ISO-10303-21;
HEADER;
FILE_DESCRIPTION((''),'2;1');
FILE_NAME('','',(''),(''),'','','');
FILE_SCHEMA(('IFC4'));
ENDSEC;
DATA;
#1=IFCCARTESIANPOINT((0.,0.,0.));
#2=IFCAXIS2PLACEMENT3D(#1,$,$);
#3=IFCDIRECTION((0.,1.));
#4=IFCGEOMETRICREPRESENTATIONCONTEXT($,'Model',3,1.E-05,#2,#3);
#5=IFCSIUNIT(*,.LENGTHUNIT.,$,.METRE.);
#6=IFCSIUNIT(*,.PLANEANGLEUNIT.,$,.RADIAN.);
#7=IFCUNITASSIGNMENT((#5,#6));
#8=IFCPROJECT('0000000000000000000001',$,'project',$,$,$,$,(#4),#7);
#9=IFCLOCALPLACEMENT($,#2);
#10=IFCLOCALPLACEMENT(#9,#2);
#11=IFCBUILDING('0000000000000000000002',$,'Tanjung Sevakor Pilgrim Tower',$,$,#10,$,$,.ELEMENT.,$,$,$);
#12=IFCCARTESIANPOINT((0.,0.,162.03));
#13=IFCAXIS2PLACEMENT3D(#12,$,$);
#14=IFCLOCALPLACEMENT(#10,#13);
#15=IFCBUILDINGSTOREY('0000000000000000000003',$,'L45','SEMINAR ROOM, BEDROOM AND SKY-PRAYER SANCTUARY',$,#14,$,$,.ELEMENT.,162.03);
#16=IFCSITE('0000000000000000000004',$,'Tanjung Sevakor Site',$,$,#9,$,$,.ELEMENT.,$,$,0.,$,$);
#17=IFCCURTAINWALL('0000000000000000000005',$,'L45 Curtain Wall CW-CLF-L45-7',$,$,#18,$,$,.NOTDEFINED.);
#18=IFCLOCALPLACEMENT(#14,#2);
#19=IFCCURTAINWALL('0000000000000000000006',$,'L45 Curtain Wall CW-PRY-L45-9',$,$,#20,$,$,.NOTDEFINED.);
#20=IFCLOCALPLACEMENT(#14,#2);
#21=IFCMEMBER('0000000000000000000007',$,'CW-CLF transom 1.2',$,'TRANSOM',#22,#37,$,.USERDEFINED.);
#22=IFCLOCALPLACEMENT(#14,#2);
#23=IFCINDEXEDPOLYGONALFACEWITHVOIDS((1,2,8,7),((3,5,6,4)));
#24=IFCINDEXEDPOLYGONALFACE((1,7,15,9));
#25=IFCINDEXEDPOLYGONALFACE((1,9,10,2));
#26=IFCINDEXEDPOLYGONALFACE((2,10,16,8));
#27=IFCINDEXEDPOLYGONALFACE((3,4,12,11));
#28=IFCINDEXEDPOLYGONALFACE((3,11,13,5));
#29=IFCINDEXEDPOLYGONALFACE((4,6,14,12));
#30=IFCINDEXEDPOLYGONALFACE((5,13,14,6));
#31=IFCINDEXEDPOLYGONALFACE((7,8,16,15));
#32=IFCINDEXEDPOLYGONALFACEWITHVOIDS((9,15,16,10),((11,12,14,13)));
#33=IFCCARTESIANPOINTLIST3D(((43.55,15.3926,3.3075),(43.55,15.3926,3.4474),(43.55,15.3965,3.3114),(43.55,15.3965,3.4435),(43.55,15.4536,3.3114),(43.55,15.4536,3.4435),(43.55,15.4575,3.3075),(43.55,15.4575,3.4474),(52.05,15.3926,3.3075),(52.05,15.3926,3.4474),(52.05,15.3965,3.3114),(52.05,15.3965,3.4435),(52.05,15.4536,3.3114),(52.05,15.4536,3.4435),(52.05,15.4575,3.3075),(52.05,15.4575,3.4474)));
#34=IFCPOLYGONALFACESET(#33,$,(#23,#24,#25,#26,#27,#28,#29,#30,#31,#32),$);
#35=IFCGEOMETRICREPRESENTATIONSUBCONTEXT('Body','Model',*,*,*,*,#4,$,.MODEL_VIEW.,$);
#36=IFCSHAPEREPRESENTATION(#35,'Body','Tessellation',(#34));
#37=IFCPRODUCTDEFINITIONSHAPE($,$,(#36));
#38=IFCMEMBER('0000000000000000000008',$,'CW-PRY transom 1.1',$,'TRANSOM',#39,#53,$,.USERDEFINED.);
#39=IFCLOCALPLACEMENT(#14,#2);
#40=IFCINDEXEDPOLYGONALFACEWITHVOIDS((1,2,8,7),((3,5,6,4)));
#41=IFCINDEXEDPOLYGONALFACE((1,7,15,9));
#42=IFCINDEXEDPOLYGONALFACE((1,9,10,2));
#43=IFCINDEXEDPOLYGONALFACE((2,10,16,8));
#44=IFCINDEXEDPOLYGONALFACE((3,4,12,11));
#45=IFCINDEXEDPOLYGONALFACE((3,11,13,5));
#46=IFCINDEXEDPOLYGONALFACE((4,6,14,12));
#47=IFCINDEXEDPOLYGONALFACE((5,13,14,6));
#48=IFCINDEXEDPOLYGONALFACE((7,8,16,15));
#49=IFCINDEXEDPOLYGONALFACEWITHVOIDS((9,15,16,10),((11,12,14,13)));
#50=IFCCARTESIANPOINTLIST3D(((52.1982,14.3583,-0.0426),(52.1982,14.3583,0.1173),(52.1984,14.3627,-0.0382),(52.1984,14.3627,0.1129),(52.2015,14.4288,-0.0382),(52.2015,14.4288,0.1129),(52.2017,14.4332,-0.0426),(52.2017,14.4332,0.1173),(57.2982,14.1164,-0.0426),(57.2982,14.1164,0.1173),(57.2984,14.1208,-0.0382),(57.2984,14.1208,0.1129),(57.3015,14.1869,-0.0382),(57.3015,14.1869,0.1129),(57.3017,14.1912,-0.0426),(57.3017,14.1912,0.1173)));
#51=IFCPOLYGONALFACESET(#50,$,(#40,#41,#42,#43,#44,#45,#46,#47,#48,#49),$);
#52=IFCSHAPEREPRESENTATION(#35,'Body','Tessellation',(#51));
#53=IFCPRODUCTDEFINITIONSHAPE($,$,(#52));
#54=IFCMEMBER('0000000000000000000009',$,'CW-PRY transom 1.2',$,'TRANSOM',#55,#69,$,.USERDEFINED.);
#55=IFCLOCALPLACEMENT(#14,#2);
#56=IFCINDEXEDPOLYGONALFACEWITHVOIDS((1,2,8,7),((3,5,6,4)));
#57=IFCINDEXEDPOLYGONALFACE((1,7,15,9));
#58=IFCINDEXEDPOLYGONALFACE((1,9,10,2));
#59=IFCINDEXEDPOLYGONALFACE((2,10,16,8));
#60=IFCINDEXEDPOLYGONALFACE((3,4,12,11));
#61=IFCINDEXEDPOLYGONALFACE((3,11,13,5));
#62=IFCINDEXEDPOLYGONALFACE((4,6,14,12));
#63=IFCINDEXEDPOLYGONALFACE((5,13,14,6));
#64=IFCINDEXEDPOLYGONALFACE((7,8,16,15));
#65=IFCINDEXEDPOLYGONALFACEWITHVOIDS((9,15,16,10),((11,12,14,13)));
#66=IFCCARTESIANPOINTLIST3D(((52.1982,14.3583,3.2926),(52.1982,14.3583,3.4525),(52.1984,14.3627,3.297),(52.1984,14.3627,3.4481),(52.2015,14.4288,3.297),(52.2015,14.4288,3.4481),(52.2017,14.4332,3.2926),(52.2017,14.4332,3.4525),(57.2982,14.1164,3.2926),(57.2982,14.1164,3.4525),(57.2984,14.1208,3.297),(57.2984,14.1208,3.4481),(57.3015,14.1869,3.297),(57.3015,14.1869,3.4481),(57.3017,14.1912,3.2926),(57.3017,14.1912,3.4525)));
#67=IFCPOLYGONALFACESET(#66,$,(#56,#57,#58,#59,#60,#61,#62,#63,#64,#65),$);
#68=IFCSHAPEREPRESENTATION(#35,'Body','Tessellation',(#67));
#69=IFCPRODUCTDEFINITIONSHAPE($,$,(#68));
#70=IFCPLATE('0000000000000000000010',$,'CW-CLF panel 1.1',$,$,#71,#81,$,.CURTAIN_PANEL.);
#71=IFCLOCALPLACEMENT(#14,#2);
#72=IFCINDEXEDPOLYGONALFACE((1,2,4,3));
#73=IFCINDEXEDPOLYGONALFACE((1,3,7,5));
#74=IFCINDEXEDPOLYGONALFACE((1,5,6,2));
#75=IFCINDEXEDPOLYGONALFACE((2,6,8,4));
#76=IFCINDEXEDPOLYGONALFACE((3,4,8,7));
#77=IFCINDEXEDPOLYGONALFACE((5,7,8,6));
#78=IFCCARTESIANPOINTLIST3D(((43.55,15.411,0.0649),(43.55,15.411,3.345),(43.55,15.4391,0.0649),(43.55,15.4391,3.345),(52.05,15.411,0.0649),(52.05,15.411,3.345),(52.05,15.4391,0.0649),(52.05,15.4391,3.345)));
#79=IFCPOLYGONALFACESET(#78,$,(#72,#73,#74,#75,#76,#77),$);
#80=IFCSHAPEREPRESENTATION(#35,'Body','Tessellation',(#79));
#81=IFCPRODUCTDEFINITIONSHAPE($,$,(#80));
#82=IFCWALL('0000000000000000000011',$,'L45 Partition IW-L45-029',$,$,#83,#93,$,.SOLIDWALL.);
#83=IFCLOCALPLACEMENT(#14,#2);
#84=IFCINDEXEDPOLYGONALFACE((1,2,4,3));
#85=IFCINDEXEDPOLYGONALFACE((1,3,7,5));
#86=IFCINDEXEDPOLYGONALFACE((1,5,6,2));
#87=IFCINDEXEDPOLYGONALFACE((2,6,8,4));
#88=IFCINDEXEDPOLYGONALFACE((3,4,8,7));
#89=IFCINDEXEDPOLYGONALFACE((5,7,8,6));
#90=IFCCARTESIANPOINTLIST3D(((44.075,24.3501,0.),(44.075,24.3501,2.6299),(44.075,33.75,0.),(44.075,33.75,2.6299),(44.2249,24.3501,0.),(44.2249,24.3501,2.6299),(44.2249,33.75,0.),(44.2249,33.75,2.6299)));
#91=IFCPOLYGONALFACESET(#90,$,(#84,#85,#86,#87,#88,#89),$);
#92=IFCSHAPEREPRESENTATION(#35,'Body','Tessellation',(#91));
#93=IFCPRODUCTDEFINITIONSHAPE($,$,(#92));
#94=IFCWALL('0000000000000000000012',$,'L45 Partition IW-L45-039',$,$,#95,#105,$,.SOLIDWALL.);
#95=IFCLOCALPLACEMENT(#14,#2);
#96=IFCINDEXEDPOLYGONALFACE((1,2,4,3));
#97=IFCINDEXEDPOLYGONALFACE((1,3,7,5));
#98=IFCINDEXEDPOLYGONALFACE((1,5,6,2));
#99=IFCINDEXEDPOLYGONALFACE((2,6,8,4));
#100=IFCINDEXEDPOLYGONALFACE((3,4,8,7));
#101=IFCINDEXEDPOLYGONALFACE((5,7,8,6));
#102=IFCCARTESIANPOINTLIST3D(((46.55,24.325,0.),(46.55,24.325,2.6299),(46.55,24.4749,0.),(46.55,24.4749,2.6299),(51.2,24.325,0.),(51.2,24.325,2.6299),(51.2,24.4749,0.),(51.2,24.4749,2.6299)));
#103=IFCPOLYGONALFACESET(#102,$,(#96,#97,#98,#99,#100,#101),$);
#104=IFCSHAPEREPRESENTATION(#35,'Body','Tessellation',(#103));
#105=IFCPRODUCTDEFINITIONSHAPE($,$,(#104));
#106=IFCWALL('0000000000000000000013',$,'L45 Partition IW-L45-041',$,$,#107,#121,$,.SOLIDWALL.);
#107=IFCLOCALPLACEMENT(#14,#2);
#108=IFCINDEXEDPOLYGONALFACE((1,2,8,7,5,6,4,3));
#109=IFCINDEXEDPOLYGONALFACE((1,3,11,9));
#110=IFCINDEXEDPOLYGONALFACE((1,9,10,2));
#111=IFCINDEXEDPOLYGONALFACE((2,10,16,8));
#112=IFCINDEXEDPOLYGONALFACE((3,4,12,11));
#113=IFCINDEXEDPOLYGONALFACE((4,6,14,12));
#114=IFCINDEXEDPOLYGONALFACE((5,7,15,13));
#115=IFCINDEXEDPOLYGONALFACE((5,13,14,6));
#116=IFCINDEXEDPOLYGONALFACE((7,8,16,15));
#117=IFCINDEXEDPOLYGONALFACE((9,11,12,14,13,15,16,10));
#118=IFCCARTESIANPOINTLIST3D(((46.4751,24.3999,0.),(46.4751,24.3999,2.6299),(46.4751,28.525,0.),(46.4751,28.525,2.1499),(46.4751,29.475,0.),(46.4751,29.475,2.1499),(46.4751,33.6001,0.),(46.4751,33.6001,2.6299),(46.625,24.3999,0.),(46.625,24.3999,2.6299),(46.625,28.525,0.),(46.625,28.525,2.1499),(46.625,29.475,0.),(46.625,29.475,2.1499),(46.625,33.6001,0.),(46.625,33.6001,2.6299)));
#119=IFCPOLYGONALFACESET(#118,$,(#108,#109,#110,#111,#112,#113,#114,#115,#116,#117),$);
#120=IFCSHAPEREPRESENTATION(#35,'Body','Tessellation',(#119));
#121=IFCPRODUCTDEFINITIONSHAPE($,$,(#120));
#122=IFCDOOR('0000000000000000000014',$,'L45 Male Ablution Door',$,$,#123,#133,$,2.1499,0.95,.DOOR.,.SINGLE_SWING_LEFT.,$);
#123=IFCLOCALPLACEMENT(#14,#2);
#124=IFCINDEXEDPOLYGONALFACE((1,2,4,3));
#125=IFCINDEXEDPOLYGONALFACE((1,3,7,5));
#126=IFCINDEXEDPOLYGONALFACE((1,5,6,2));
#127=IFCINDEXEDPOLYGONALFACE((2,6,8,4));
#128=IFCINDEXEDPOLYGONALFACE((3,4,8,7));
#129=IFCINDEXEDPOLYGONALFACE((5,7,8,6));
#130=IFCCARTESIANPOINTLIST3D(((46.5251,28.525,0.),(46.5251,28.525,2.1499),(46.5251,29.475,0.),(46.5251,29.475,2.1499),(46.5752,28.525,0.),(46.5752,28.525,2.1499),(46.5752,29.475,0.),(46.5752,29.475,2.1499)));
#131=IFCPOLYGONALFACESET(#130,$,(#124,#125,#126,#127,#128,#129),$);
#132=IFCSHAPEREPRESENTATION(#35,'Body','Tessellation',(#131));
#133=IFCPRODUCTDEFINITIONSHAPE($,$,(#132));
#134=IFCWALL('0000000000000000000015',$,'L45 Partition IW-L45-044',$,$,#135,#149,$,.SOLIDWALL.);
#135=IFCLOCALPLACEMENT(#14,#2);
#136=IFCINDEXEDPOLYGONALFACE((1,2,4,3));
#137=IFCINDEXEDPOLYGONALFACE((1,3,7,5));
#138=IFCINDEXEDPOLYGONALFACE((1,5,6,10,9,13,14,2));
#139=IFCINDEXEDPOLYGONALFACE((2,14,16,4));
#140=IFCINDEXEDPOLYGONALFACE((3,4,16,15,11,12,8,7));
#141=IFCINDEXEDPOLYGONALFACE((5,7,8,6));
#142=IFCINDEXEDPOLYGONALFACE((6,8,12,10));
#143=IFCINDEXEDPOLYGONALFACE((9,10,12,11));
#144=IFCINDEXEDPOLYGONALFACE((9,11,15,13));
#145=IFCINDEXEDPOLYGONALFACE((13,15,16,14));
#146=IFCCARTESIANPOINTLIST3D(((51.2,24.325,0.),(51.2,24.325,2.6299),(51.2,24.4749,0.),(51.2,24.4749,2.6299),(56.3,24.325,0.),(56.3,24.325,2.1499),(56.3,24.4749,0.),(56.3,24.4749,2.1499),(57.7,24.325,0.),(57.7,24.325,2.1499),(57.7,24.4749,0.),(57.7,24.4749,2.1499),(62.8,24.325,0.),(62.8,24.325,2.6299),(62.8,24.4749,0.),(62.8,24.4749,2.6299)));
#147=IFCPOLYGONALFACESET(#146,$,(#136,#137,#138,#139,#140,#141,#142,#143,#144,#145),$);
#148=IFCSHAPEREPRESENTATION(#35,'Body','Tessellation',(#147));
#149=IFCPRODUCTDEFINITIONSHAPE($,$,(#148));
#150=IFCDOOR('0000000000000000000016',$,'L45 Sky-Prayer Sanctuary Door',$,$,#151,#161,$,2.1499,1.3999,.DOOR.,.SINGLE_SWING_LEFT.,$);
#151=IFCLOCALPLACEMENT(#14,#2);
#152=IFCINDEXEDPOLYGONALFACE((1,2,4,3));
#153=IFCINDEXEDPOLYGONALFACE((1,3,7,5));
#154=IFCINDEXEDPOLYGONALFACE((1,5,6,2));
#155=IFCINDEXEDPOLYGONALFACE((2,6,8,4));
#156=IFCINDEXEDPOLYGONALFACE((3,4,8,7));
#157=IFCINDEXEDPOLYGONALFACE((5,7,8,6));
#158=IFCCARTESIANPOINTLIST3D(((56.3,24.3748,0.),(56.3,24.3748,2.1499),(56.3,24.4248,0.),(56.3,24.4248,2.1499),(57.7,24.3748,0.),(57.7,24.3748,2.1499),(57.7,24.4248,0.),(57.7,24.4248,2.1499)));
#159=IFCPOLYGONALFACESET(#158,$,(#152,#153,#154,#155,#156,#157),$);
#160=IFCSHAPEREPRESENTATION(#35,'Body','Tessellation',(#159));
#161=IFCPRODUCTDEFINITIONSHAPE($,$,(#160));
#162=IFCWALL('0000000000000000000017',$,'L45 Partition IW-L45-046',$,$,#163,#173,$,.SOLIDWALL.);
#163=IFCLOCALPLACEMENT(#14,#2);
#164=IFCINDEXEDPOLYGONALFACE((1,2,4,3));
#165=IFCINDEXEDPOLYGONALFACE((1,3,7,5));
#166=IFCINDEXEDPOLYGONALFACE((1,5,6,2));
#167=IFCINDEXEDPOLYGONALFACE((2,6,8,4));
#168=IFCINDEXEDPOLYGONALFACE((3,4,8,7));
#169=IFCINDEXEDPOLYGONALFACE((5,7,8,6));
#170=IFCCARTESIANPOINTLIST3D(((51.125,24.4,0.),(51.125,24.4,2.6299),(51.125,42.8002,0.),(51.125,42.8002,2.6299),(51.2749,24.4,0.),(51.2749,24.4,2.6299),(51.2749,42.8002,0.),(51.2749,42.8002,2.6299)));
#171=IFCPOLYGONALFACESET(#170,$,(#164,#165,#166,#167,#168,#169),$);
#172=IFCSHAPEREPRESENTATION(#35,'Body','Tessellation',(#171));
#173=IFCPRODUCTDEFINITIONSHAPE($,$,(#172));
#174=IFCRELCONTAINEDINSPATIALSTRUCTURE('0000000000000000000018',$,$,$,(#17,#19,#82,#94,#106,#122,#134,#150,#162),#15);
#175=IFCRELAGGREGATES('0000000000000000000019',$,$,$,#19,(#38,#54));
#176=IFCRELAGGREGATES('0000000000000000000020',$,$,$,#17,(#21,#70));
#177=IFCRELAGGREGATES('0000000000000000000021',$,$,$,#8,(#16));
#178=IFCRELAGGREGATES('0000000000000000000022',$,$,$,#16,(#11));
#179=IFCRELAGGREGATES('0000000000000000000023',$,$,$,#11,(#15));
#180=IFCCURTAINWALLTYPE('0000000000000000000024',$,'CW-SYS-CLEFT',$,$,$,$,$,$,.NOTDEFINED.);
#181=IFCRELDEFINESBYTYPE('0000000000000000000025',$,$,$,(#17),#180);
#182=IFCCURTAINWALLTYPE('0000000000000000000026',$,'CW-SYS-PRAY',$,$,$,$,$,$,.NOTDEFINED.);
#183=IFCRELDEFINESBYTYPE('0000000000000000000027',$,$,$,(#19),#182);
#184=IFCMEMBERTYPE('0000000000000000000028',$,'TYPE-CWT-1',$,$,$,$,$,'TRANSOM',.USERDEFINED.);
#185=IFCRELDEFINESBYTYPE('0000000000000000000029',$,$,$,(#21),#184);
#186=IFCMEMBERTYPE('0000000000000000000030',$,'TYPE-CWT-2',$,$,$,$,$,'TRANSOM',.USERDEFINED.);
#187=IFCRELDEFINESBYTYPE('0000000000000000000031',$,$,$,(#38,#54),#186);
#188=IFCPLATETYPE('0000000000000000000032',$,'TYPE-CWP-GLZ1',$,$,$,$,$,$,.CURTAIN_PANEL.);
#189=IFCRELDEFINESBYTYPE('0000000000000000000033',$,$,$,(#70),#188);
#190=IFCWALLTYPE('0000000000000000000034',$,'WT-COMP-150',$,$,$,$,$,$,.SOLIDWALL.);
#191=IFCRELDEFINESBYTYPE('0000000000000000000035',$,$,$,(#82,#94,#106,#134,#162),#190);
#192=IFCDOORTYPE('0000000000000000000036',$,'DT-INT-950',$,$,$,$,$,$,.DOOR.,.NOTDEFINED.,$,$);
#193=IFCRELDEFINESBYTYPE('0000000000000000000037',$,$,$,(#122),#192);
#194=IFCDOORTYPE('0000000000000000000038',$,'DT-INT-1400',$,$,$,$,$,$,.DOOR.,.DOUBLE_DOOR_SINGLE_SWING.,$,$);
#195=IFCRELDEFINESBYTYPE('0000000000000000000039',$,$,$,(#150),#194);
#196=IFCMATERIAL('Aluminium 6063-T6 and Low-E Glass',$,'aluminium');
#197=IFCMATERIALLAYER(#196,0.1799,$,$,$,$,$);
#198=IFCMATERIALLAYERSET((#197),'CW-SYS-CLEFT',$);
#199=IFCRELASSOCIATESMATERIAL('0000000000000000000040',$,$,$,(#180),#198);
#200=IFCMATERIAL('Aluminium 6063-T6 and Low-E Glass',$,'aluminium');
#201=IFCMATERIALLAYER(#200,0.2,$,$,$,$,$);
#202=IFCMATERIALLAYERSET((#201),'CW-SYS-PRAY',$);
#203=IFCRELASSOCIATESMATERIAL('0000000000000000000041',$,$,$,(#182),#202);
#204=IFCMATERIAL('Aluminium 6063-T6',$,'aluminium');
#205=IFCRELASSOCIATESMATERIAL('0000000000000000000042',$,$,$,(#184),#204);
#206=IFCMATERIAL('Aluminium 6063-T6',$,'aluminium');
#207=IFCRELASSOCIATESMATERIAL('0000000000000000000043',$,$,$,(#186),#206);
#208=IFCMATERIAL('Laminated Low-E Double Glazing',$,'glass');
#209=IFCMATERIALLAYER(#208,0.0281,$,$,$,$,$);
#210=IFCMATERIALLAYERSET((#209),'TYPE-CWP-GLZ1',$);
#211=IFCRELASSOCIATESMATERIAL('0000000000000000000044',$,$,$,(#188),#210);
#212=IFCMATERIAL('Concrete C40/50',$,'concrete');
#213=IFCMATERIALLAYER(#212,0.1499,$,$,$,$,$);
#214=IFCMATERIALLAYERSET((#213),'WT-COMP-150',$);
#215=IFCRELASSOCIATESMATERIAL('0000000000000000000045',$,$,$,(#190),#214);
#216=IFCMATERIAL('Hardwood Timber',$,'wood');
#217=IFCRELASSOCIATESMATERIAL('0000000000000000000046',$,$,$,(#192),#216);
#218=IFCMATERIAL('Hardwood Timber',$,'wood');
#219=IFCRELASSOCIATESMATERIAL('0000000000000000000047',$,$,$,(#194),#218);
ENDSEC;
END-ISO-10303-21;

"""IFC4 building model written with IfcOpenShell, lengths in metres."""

from ifc_helpers import new_model, si_unit, direction, frame, frame_2d, origin, origin_2d, place, context, subcontext, project, spatial, rectangle, hollow_rectangle, extrude, material, layer, layer_set, material_profile, profile_set, type_object, element, fill, aggregate, save


model = new_model("IFC4")

# Units and contexts
model_context = context("Model", 3, precision=1e-05, world=origin(), true_north=direction((0.0, 1.0)))
body_context = subcontext(model_context, "Body", "Model", "MODEL_VIEW")
ifc_project = project(units=[si_unit("LENGTHUNIT", "METRE"), si_unit("PLANEANGLEUNIT", "RADIAN")], contexts=[model_context])

# Site, building, storey
site_placement = place(None, origin())
site = spatial("IfcSite", under=ifc_project, at=site_placement, Name="Tanjung Sevakor Site", CompositionType="ELEMENT", RefElevation=0.0)
building_placement = place(site_placement, origin())
building = spatial("IfcBuilding", under=site, at=building_placement, Name="Tanjung Sevakor Pilgrim Tower", CompositionType="ELEMENT")
storey_placement = place(building_placement, frame((0.0, 0.0, 162.03)))
storey = spatial("IfcBuildingStorey", under=building, at=storey_placement, Name="L45", Description="SEMINAR ROOM, BEDROOM AND SKY-PRAYER SANCTUARY", CompositionType="ELEMENT", Elevation=162.03)

# Curtain wall
ifc_material_1 = material(Name="Aluminium 6063-T6 and Low-E Glass", Category="aluminium")
ifc_layer_1 = layer(ifc_material_1, 0.1799)
ifc_layer_set_1 = layer_set([ifc_layer_1], Name="CW-SYS-CLEFT")
curtain_wall_type_1 = type_object("IfcCurtainWallType", Name="CW-SYS-CLEFT", PredefinedType="NOTDEFINED", material=ifc_layer_set_1)
curtain_wall_1_placement = place(storey_placement, origin())
curtain_wall_1 = element("IfcCurtainWall", 1, at=curtain_wall_1_placement, inside=storey, type_object=curtain_wall_type_1, Name="L45 Curtain Wall CW-CLF-L45-7", PredefinedType="NOTDEFINED")

# Curtain wall
ifc_material_2 = material(Name="Aluminium 6063-T6 and Low-E Glass", Category="aluminium")
ifc_layer_2 = layer(ifc_material_2, 0.2)
ifc_layer_set_2 = layer_set([ifc_layer_2], Name="CW-SYS-PRAY")
curtain_wall_type_2 = type_object("IfcCurtainWallType", Name="CW-SYS-PRAY", PredefinedType="NOTDEFINED", material=ifc_layer_set_2)
curtain_wall_2_placement = place(storey_placement, origin())
curtain_wall_2 = element("IfcCurtainWall", 2, at=curtain_wall_2_placement, inside=storey, type_object=curtain_wall_type_2, Name="L45 Curtain Wall CW-PRY-L45-9", PredefinedType="NOTDEFINED")

# Members
ifc_material_3 = material(Name="Aluminium 6063-T6", Category="aluminium")
ifc_material_profile_1 = material_profile(ifc_material_3, hollow_rectangle(XDim=0.0649, YDim=0.1399, WallThickness=0.0039, at=origin_2d()))
ifc_profile_set_1 = profile_set([ifc_material_profile_1], Name="Aluminium 6063-T6")
member_type_1 = type_object("IfcMemberType", Name="TYPE-CWT-1", ElementType="TRANSOM", PredefinedType="USERDEFINED", material=ifc_profile_set_1)
member_1_placement = place(storey_placement, frame((43.55, 15.425, 3.3774), z_axis=(1.0, 0.0, 0.0), x_axis=(0.0, 1.0, 0.0)))
member_1 = element("IfcMember", 3, at=member_1_placement, type_object=member_type_1, Name="CW-CLF transom 1.2", ObjectType="TRANSOM", PredefinedType="USERDEFINED", context=body_context, shape_type="SweptSolid", body=[
    extrude(hollow_rectangle(XDim=0.0649, YDim=0.1399, WallThickness=0.0039, at=origin_2d()), origin(), (0.0, 0.0, 1.0), 8.5),
])
ifc_material_4 = material(Name="Aluminium 6063-T6", Category="aluminium")
ifc_material_profile_2 = material_profile(ifc_material_4, hollow_rectangle(XDim=0.075, YDim=0.1599, WallThickness=0.0044, at=origin_2d()))
ifc_profile_set_2 = profile_set([ifc_material_profile_2], Name="Aluminium 6063-T6")
member_type_2 = type_object("IfcMemberType", Name="TYPE-CWT-2", ElementType="TRANSOM", PredefinedType="USERDEFINED", material=ifc_profile_set_2)
member_2_placement = place(storey_placement, frame((52.2, 14.3958, 0.0374), z_axis=(0.998877, -0.047386, 0.0), x_axis=(0.047386, 0.998877, 0.0)))
member_2 = element("IfcMember", 4, at=member_2_placement, type_object=member_type_2, Name="CW-PRY transom 1.1", ObjectType="TRANSOM", PredefinedType="USERDEFINED", context=body_context, shape_type="SweptSolid", body=[
    extrude(hollow_rectangle(XDim=0.075, YDim=0.1599, WallThickness=0.0044, at=origin_2d()), origin(), (0.0, 0.0, 1.0), 5.1057),
])
member_3_placement = place(storey_placement, frame((52.2, 14.3958, 3.3726), z_axis=(0.998877, -0.047386, 0.0), x_axis=(0.047386, 0.998877, 0.0)))
member_3 = element("IfcMember", 5, at=member_3_placement, type_object=member_type_2, Name="CW-PRY transom 1.2", ObjectType="TRANSOM", PredefinedType="USERDEFINED", context=body_context, shape_type="SweptSolid", body=[
    extrude(hollow_rectangle(XDim=0.075, YDim=0.1599, WallThickness=0.0044, at=origin_2d()), origin(), (0.0, 0.0, 1.0), 5.1057),
])
aggregate(curtain_wall_2, [member_2, member_3])

# Plate
ifc_material_5 = material(Name="Laminated Low-E Double Glazing", Category="glass")
ifc_layer_3 = layer(ifc_material_5, 0.0281)
ifc_layer_set_3 = layer_set([ifc_layer_3], Name="TYPE-CWP-GLZ1")
plate_type = type_object("IfcPlateType", Name="TYPE-CWP-GLZ1", PredefinedType="CURTAIN_PANEL", material=ifc_layer_set_3)
plate_placement = place(storey_placement, frame((47.8, 15.425, 0.0649), z_axis=(0.0, 0.0, 1.0), x_axis=(1.0, 0.0, 0.0)))
plate = element("IfcPlate", 6, at=plate_placement, type_object=plate_type, Name="CW-CLF panel 1.1", PredefinedType="CURTAIN_PANEL", context=body_context, shape_type="SweptSolid", body=[
    extrude(rectangle(XDim=8.5, YDim=0.0281, at=origin_2d()), origin(), (0.0, 0.0, 1.0), 3.28),
])
aggregate(curtain_wall_1, [member_1, plate])

# Walls
ifc_material_6 = material(Name="Concrete C40/50", Category="concrete")
ifc_layer_4 = layer(ifc_material_6, 0.1499)
ifc_layer_set_4 = layer_set([ifc_layer_4], Name="WT-COMP-150")
wall_type_1 = type_object("IfcWallType", Name="WT-COMP-150", PredefinedType="SOLIDWALL", material=ifc_layer_set_4)
wall_1_placement = place(storey_placement, frame((44.1499, 24.3501, 0.0), z_axis=(0.0, 0.0, 1.0), x_axis=(0.0, 1.0, 0.0)))
element("IfcWall", 7, at=wall_1_placement, inside=storey, type_object=wall_type_1, Name="L45 Partition IW-L45-029", PredefinedType="SOLIDWALL", context=body_context, shape_type="SweptSolid", body=[
    extrude(rectangle(XDim=9.3999, YDim=0.1499, at=frame_2d((4.7, 0.0))), origin(), (0.0, 0.0, 1.0), 2.6299),
])
wall_2_placement = place(storey_placement, frame((46.55, 24.3999, 0.0), z_axis=(0.0, 0.0, 1.0), x_axis=(1.0, 0.0, 0.0)))
element("IfcWall", 8, at=wall_2_placement, inside=storey, type_object=wall_type_1, Name="L45 Partition IW-L45-039", PredefinedType="SOLIDWALL", context=body_context, shape_type="SweptSolid", body=[
    extrude(rectangle(XDim=4.6499, YDim=0.1499, at=frame_2d((2.325, 0.0))), origin(), (0.0, 0.0, 1.0), 2.6299),
])

# Walls, openings, doors
wall_3_placement = place(storey_placement, frame((46.55, 24.3999, 0.0), z_axis=(0.0, 0.0, 1.0), x_axis=(0.0, 1.0, 0.0)))
wall_3 = element("IfcWall", 9, at=wall_3_placement, inside=storey, type_object=wall_type_1, Name="L45 Partition IW-L45-041", PredefinedType="SOLIDWALL", context=body_context, shape_type="SweptSolid", body=[
    extrude(rectangle(XDim=9.2002, YDim=0.1499, at=frame_2d((4.6001, 0.0))), origin(), (0.0, 0.0, 1.0), 2.6299),
])
opening_1_placement = place(wall_3_placement, frame((4.125, 0.0, 0.0)))
opening_1 = element("IfcOpeningElement", 10, at=opening_1_placement, cuts=wall_3, PredefinedType="OPENING", context=body_context, shape_type="SweptSolid", body=[
    extrude(rectangle(XDim=0.95, YDim=2.1499, at=frame_2d((0.4751, 1.075))), frame((0.0, 0.085, 0.0), z_axis=(0.0, -1.0, 0.0), x_axis=(1.0, 0.0, 0.0)), (0.0, 0.0, 1.0), 0.1699),
])
ifc_material_7 = material(Name="Hardwood Timber", Category="wood")
door_type_1 = type_object("IfcDoorType", Name="DT-INT-950", OperationType="NOTDEFINED", PredefinedType="DOOR", material=ifc_material_7)
door_1_placement = place(opening_1_placement, origin())
door_1 = element("IfcDoor", 11, at=door_1_placement, inside=storey, type_object=door_type_1, Name="L45 Male Ablution Door", OperationType="SINGLE_SWING_LEFT", OverallHeight=2.1499, OverallWidth=0.95, PredefinedType="DOOR", context=body_context, shape_type="SweptSolid", body=[
    extrude(rectangle(XDim=0.95, YDim=2.1499, at=frame_2d((0.4751, 1.075))), frame((0.0, 0.0249, 0.0), z_axis=(0.0, -1.0, 0.0), x_axis=(1.0, 0.0, 0.0)), (0.0, 0.0, 1.0), 0.05),
])
fill(opening_1, door_1)
wall_4_placement = place(storey_placement, frame((51.2, 24.3999, 0.0), z_axis=(0.0, 0.0, 1.0), x_axis=(1.0, 0.0, 0.0)))
wall_4 = element("IfcWall", 12, at=wall_4_placement, inside=storey, type_object=wall_type_1, Name="L45 Partition IW-L45-044", PredefinedType="SOLIDWALL", context=body_context, shape_type="SweptSolid", body=[
    extrude(rectangle(XDim=11.6001, YDim=0.1499, at=frame_2d((5.8, 0.0))), origin(), (0.0, 0.0, 1.0), 2.6299),
])
opening_2_placement = place(wall_4_placement, frame((5.1001, 0.0, 0.0)))
opening_2 = element("IfcOpeningElement", 13, at=opening_2_placement, cuts=wall_4, PredefinedType="OPENING", context=body_context, shape_type="SweptSolid", body=[
    extrude(rectangle(XDim=1.3999, YDim=2.1499, at=frame_2d((0.7, 1.075))), frame((0.0, 0.085, 0.0), z_axis=(0.0, -1.0, 0.0), x_axis=(1.0, 0.0, 0.0)), (0.0, 0.0, 1.0), 0.1699),
])
ifc_material_8 = material(Name="Hardwood Timber", Category="wood")
door_type_2 = type_object("IfcDoorType", Name="DT-INT-1400", OperationType="DOUBLE_DOOR_SINGLE_SWING", PredefinedType="DOOR", material=ifc_material_8)
door_2_placement = place(opening_2_placement, origin())
door_2 = element("IfcDoor", 14, at=door_2_placement, inside=storey, type_object=door_type_2, Name="L45 Sky-Prayer Sanctuary Door", OperationType="SINGLE_SWING_LEFT", OverallHeight=2.1499, OverallWidth=1.3999, PredefinedType="DOOR", context=body_context, shape_type="SweptSolid", body=[
    extrude(rectangle(XDim=1.3999, YDim=2.1499, at=frame_2d((0.7, 1.075))), frame((0.0, 0.0249, 0.0), z_axis=(0.0, -1.0, 0.0), x_axis=(1.0, 0.0, 0.0)), (0.0, 0.0, 1.0), 0.05),
])
fill(opening_2, door_2)

# Wall
wall_5_placement = place(storey_placement, frame((51.2, 24.3999, 0.0), z_axis=(0.0, 0.0, 1.0), x_axis=(0.0, 1.0, 0.0)))
element("IfcWall", 15, at=wall_5_placement, inside=storey, type_object=wall_type_1, Name="L45 Partition IW-L45-046", PredefinedType="SOLIDWALL", context=body_context, shape_type="SweptSolid", body=[
    extrude(rectangle(XDim=18.4001, YDim=0.1499, at=frame_2d((9.2002, 0.0))), origin(), (0.0, 0.0, 1.0), 2.6299),
])

save(model, "model.ifc")
